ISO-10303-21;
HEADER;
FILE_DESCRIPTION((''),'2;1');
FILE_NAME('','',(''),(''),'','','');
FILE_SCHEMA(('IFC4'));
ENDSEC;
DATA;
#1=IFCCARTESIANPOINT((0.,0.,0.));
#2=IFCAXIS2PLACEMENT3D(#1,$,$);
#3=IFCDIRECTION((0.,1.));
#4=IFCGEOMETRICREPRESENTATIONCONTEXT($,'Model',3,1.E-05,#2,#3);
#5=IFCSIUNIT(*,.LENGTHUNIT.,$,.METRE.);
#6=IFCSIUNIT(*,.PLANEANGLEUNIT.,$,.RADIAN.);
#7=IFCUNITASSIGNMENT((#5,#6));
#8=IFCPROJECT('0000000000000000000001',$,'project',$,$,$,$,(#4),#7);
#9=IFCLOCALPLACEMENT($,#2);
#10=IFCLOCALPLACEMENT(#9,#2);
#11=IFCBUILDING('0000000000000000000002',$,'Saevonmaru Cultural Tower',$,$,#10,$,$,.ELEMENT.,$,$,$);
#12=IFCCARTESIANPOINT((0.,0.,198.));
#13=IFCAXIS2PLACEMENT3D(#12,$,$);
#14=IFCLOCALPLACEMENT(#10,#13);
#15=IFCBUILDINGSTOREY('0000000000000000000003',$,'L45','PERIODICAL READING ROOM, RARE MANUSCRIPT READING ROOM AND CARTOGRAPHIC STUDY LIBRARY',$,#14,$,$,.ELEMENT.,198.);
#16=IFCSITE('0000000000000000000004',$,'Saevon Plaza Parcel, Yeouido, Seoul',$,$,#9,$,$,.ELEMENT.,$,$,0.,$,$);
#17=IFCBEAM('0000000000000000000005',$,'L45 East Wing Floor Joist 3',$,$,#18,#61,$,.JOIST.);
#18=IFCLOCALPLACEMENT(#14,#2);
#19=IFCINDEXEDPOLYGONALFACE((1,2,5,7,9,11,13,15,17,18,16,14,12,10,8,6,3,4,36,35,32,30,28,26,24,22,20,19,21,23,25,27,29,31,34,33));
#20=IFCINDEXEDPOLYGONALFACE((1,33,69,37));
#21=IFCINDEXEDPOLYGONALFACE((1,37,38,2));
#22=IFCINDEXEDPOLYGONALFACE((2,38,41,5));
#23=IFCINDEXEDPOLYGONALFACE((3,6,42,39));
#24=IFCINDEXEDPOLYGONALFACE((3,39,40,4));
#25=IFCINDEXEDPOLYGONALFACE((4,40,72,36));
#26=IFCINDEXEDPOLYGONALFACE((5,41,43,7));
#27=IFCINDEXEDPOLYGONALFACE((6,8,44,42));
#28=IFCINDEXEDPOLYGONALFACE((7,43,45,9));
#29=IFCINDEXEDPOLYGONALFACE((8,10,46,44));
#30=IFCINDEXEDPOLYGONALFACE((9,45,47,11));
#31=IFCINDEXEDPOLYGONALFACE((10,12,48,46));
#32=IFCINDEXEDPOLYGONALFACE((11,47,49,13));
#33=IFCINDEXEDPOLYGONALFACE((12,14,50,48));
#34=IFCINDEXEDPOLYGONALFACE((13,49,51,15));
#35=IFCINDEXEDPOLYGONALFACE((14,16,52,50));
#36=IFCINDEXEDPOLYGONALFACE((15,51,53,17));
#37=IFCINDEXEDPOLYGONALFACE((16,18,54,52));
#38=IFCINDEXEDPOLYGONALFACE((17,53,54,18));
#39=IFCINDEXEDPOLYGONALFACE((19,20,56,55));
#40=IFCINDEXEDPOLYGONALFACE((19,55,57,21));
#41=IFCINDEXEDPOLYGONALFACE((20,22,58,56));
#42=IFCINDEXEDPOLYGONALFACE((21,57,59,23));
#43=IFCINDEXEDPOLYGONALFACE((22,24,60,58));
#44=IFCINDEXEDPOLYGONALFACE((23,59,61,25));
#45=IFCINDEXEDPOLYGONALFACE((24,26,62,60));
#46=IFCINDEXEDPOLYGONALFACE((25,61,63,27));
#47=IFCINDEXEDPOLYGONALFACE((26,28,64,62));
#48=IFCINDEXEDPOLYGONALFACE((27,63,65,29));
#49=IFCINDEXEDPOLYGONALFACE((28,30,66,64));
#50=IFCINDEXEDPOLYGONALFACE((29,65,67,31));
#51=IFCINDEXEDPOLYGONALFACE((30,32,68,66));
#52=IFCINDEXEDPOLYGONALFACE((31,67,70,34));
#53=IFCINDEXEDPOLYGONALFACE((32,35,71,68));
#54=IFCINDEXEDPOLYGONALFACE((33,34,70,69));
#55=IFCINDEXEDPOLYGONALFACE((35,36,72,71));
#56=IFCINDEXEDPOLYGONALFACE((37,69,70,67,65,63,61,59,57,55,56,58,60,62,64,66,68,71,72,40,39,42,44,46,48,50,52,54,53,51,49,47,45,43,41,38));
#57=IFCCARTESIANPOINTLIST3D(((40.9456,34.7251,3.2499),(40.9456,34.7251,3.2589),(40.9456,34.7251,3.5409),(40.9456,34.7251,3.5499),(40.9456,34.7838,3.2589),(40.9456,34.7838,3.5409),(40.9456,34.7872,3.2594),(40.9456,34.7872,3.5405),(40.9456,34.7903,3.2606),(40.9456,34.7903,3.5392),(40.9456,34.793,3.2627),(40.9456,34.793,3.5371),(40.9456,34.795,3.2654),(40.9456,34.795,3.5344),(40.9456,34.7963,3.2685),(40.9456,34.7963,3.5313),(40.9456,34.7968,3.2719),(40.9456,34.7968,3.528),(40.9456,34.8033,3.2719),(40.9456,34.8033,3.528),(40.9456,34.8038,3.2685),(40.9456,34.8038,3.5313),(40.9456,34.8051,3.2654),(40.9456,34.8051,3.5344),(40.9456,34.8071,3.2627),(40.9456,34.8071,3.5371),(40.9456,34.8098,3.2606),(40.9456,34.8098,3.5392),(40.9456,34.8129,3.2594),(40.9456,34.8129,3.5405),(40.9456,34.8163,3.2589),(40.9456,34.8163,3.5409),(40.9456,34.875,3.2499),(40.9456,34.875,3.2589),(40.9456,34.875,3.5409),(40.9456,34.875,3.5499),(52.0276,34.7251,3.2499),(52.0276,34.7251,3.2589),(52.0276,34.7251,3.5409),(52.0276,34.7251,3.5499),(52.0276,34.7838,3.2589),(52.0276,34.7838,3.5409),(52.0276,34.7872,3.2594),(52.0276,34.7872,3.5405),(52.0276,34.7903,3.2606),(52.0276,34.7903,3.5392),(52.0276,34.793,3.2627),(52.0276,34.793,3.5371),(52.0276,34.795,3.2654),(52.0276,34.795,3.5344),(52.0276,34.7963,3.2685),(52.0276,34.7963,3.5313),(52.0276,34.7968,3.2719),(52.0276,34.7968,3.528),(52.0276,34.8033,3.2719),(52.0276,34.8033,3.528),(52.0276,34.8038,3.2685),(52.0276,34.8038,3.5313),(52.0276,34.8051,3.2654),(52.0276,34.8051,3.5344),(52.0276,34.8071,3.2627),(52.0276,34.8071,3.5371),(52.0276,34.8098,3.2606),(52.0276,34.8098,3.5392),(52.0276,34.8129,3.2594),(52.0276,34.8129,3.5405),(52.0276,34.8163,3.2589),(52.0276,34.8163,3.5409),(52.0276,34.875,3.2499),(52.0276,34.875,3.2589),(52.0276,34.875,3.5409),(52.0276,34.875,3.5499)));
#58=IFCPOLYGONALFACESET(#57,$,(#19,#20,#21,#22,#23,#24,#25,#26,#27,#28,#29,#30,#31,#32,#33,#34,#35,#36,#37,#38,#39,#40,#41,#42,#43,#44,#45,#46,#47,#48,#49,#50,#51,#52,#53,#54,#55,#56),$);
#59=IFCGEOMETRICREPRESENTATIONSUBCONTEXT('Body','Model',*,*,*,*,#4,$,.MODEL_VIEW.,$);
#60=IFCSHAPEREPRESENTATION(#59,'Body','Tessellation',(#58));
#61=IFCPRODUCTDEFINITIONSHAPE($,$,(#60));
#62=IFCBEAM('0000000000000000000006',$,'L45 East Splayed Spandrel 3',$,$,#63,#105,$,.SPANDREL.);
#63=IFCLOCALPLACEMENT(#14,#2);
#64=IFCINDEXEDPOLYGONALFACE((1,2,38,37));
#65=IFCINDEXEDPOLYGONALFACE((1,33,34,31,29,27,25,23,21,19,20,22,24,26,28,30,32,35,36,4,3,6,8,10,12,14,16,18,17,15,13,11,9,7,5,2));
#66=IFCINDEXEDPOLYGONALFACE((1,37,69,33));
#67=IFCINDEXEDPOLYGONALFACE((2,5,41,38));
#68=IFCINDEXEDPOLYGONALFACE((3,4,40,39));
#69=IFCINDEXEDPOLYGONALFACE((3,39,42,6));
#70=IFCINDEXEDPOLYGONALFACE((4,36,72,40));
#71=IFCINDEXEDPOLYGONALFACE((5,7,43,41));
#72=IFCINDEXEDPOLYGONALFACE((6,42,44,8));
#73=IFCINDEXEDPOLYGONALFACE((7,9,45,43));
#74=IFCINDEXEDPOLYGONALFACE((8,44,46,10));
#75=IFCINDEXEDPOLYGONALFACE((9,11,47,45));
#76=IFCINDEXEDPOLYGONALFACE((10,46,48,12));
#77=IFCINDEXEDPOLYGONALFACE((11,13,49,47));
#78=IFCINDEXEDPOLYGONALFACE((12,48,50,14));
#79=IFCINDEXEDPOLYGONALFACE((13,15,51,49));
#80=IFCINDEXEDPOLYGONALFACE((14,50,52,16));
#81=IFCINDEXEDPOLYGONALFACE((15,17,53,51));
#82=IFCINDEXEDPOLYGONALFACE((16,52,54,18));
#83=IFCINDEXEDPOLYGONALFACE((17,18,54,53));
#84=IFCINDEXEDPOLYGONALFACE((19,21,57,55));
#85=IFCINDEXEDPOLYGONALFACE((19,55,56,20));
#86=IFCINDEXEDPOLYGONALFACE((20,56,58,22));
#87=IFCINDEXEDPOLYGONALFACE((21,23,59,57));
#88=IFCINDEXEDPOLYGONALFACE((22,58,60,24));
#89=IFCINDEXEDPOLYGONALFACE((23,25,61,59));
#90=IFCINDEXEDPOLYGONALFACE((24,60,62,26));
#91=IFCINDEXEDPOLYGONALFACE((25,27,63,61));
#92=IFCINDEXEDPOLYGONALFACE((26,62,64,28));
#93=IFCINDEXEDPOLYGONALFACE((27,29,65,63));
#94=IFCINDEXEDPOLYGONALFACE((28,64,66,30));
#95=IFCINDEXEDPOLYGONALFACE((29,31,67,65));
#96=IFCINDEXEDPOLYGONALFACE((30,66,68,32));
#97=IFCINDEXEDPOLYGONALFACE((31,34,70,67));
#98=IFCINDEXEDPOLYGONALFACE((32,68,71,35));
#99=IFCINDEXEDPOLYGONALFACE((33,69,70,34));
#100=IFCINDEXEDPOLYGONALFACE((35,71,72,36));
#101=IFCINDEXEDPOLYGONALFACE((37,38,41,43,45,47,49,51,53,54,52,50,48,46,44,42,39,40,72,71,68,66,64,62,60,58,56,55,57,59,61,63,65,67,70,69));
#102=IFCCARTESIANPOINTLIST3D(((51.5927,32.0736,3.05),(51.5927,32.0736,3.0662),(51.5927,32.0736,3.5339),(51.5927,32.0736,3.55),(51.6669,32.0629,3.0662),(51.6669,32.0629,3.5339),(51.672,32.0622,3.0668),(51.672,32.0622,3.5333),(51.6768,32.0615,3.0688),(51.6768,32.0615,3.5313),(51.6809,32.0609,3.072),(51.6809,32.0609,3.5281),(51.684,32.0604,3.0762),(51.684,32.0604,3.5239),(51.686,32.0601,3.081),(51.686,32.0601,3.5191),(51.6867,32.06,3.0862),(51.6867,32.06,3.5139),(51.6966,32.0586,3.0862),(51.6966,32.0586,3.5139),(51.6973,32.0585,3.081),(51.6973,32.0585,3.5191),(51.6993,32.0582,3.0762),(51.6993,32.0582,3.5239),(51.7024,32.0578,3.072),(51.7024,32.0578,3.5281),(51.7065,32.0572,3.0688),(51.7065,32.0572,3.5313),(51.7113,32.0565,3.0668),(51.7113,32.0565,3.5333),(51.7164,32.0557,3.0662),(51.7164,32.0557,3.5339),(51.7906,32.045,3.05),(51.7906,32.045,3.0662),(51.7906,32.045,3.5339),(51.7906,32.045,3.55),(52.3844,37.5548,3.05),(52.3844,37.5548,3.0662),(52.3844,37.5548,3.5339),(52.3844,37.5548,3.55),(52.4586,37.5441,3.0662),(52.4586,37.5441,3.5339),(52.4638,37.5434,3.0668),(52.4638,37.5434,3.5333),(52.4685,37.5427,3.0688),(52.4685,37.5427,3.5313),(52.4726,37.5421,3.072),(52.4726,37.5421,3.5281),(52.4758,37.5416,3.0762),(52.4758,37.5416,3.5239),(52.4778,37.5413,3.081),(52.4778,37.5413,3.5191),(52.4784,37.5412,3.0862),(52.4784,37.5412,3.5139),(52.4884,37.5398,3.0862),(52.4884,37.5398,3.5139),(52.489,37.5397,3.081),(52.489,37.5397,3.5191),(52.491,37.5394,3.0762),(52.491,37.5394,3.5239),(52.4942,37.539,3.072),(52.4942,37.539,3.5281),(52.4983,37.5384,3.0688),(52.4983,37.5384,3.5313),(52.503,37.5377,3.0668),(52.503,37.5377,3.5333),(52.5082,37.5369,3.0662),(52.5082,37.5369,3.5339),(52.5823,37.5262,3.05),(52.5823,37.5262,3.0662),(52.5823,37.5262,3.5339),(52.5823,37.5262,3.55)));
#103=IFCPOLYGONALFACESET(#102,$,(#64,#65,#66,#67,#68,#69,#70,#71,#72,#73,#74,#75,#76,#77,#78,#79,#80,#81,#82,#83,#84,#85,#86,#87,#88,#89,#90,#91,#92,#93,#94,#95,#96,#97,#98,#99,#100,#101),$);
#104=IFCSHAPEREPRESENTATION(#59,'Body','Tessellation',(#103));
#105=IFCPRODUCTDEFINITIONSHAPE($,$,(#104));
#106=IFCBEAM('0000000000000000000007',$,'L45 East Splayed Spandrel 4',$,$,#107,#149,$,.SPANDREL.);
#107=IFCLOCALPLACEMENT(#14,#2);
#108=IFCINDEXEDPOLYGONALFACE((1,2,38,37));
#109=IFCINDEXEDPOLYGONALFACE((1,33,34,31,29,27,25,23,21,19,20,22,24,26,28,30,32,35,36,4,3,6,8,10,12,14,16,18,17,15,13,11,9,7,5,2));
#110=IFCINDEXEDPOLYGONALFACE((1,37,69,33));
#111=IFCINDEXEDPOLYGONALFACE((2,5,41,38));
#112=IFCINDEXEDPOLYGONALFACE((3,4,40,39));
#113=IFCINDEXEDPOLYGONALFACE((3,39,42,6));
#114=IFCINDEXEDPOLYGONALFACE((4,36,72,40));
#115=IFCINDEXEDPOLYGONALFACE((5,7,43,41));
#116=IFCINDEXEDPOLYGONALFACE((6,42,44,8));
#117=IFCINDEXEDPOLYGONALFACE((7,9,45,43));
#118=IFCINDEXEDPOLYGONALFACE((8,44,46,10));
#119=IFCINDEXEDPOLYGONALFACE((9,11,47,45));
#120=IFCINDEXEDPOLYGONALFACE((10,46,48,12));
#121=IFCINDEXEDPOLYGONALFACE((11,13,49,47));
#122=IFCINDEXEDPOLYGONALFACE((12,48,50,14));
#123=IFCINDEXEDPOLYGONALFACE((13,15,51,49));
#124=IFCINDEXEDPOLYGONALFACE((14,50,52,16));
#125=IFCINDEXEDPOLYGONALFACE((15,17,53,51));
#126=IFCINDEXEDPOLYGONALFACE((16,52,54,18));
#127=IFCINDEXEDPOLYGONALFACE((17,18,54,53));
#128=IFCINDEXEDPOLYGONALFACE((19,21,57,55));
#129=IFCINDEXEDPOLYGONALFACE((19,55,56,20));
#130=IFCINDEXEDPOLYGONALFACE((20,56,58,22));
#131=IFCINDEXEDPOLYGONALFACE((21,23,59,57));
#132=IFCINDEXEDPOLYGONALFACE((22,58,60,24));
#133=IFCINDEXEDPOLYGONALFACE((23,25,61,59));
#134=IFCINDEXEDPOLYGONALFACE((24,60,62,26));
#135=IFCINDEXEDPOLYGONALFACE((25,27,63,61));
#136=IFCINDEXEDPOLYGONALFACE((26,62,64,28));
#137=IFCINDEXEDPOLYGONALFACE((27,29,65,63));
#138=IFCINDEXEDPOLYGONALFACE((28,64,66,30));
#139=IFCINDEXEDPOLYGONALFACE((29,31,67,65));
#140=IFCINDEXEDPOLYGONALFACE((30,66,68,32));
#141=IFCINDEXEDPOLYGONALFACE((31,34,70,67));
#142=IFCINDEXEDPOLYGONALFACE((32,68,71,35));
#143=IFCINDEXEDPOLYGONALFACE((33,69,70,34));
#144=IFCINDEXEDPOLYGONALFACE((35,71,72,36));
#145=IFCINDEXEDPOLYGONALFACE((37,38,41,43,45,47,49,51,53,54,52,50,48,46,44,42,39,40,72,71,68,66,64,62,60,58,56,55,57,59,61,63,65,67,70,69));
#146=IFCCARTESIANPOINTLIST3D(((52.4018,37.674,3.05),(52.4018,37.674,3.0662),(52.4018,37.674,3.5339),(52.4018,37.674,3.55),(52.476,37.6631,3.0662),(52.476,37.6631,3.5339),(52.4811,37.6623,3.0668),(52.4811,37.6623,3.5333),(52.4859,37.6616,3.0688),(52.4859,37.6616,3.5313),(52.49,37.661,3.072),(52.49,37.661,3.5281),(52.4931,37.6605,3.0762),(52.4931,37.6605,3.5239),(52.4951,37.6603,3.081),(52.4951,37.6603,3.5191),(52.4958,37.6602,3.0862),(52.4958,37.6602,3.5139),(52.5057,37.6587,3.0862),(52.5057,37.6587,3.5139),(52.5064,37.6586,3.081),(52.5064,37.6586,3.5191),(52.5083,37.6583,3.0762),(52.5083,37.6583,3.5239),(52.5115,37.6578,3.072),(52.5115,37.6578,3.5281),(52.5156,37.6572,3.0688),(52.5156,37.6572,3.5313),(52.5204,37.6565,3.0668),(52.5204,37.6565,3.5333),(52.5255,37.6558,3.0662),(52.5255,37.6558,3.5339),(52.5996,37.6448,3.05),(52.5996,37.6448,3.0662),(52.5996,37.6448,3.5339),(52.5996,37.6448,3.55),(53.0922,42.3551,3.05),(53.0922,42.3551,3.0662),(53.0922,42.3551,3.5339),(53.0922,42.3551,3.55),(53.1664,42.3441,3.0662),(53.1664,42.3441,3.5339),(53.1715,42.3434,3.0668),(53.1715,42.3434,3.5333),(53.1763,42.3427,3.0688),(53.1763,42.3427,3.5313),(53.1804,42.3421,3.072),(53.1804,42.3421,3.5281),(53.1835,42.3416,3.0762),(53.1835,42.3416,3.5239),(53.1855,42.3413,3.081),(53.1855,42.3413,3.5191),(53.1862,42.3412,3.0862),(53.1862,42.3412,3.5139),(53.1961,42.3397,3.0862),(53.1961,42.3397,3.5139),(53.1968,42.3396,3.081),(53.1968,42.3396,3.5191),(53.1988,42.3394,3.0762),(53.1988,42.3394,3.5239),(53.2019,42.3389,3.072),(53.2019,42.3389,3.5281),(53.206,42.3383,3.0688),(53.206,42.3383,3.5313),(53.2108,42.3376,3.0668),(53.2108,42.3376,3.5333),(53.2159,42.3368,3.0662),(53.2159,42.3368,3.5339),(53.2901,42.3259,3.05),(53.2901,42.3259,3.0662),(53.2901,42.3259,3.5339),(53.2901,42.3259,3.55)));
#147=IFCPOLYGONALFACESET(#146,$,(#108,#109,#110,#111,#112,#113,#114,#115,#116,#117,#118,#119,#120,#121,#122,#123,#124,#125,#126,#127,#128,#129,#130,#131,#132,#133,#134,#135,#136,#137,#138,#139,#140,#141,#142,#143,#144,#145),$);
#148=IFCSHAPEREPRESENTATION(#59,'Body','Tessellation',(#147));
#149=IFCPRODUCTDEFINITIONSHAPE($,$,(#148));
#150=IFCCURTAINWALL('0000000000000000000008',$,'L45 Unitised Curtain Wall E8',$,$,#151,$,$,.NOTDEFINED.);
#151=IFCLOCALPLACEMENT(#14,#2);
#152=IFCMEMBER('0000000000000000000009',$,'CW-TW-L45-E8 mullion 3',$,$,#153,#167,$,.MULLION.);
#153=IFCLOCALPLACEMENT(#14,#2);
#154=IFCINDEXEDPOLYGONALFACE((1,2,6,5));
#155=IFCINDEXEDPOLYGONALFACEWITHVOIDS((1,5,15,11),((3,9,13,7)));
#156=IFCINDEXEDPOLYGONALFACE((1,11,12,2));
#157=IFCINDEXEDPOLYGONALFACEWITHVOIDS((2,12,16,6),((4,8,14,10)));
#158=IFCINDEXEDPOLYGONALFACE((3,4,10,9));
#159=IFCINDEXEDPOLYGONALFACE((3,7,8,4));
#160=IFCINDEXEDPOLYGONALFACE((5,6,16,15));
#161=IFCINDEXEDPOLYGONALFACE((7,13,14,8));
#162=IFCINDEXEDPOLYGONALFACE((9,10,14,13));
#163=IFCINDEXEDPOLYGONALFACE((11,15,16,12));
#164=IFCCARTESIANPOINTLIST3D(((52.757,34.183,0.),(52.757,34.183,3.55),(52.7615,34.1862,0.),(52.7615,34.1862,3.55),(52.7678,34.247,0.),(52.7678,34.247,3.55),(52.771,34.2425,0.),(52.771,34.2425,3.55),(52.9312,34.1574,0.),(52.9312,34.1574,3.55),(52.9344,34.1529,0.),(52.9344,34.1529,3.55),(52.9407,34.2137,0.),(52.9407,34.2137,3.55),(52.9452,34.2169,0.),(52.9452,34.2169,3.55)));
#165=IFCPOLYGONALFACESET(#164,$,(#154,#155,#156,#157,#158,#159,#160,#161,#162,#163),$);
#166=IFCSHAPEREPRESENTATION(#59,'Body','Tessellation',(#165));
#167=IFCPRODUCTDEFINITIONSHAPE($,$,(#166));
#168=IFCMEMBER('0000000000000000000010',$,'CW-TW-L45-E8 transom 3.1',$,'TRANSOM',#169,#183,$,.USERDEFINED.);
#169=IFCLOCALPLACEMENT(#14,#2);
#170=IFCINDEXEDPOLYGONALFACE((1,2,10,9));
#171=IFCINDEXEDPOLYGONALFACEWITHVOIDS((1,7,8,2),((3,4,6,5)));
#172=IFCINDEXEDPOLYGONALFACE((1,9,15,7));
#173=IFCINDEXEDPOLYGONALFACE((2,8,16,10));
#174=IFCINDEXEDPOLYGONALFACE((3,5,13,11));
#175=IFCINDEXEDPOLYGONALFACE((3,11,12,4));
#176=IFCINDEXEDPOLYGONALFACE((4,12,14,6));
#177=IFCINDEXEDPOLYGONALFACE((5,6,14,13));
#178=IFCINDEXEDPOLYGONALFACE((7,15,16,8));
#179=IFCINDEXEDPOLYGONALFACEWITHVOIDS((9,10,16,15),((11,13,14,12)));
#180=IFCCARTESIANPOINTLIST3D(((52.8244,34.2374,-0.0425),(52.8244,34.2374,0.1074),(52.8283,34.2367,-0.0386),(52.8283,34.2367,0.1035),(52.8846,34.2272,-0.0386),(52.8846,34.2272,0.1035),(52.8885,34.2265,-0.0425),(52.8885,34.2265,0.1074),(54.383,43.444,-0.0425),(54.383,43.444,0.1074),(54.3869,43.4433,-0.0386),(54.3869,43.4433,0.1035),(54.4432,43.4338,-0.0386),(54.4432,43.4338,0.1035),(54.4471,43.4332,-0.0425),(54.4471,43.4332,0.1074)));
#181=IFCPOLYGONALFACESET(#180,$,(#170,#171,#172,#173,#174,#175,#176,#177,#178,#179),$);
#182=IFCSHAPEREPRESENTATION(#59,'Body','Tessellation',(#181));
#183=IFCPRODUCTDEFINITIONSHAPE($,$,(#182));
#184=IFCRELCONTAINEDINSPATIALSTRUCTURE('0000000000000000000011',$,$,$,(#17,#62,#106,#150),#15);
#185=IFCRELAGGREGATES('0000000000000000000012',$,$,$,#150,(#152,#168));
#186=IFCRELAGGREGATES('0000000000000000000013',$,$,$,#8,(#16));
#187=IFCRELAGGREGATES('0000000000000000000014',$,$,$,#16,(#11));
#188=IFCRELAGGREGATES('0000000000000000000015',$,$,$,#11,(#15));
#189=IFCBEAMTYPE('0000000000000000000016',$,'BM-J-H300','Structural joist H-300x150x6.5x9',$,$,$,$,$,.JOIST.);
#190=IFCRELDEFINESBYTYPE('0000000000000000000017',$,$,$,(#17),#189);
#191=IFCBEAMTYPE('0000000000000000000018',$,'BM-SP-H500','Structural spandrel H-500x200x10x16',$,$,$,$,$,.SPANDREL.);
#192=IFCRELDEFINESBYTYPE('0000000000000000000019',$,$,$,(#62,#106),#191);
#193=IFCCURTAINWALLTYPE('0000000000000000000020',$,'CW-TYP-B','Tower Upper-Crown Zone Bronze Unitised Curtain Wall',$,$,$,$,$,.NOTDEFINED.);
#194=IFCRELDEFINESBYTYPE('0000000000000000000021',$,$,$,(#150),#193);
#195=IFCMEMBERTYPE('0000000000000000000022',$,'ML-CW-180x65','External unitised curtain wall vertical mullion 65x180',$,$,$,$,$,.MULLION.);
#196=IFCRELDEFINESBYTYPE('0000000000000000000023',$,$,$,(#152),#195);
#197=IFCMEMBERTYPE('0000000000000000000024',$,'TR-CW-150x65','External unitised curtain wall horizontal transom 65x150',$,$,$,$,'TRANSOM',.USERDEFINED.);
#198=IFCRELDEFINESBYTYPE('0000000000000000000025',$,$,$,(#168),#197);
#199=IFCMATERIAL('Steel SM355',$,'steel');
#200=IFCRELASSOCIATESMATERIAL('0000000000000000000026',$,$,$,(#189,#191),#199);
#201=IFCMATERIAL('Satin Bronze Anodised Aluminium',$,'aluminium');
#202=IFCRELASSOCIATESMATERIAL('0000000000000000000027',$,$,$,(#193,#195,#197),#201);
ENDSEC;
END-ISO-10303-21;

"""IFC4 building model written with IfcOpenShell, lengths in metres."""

from ifc_helpers import new_model, si_unit, direction, frame, origin, origin_2d, place, context, subcontext, project, spatial, hollow_rectangle, i_section, extrude, material, material_profile, profile_set, type_object, element, aggregate, save


model = new_model("IFC4")

# Units and contexts
model_context = context("Model", 3, precision=1e-05, world=origin(), true_north=direction((0.0, 1.0)))
body_context = subcontext(model_context, "Body", "Model", "MODEL_VIEW")
ifc_project = project(units=[si_unit("LENGTHUNIT", "METRE"), si_unit("PLANEANGLEUNIT", "RADIAN")], contexts=[model_context])

# Site, building, storey
site_placement = place(None, origin())
site = spatial("IfcSite", under=ifc_project, at=site_placement, Name="Saevon Plaza Parcel, Yeouido, Seoul", CompositionType="ELEMENT", RefElevation=0.0)
building_placement = place(site_placement, origin())
building = spatial("IfcBuilding", under=site, at=building_placement, Name="Saevonmaru Cultural Tower", CompositionType="ELEMENT")
storey_placement = place(building_placement, frame((0.0, 0.0, 198.0)))
storey = spatial("IfcBuildingStorey", under=building, at=storey_placement, Name="L45", Description="PERIODICAL READING ROOM, RARE MANUSCRIPT READING ROOM AND CARTOGRAPHIC STUDY LIBRARY", CompositionType="ELEMENT", Elevation=198.0)

# Shared definitions
ifc_material_1 = material(Name="Steel SM355", Category="steel")

# Beams
ifc_material_profile_1 = material_profile(ifc_material_1, i_section(OverallWidth=0.1499, OverallDepth=0.3, WebThickness=0.0066, FlangeThickness=0.009, FilletRadius=0.0129, at=origin_2d()), Name="H-300x150x6.5x9")
ifc_profile_set_1 = profile_set([ifc_material_profile_1], Name="Steel SM355")
beam_type_1 = type_object("IfcBeamType", Name="BM-J-H300", Description="Structural joist H-300x150x6.5x9", PredefinedType="JOIST", material=ifc_profile_set_1)
beam_1_placement = place(storey_placement, frame((40.9456, 34.8, 3.3999), z_axis=(1.0, 0.0, 0.0), x_axis=(0.0, 1.0, 0.0)))
element("IfcBeam", 1, at=beam_1_placement, inside=storey, type_object=beam_type_1, Name="L45 East Wing Floor Joist 3", PredefinedType="JOIST", context=body_context, shape_type="SweptSolid", body=[
    extrude(i_section(OverallWidth=0.1499, OverallDepth=0.3, WebThickness=0.0066, FlangeThickness=0.009, FilletRadius=0.0129, at=origin_2d()), origin(), (0.0, 0.0, 1.0), 11.082),
])
ifc_material_profile_2 = material_profile(ifc_material_1, i_section(OverallWidth=0.2, OverallDepth=0.5, WebThickness=0.01, FlangeThickness=0.0161, FilletRadius=0.02, at=origin_2d()), Name="H-500x200x10x16")
ifc_profile_set_2 = profile_set([ifc_material_profile_2], Name="Steel SM355")
beam_type_2 = type_object("IfcBeamType", Name="BM-SP-H500", Description="Structural spandrel H-500x200x10x16", PredefinedType="SPANDREL", material=ifc_profile_set_2)
beam_2_placement = place(storey_placement, frame((51.6917, 32.0593, 3.3), z_axis=(0.142964, 0.989728, 0.0), x_axis=(-0.989728, 0.142964, 0.0)))
element("IfcBeam", 2, at=beam_2_placement, inside=storey, type_object=beam_type_2, Name="L45 East Splayed Spandrel 3", PredefinedType="SPANDREL", context=body_context, shape_type="SweptSolid", body=[
    extrude(i_section(OverallWidth=0.2, OverallDepth=0.5, WebThickness=0.01, FlangeThickness=0.0161, FilletRadius=0.02, at=origin_2d()), origin(), (0.0, 0.0, 1.0), 5.5381),
])
beam_3_placement = place(storey_placement, frame((52.5007, 37.6594, 3.3), z_axis=(0.145913, 0.989297, 0.0), x_axis=(-0.989297, 0.145913, 0.0)))
element("IfcBeam", 3, at=beam_3_placement, inside=storey, type_object=beam_type_2, Name="L45 East Splayed Spandrel 4", PredefinedType="SPANDREL", context=body_context, shape_type="SweptSolid", body=[
    extrude(i_section(OverallWidth=0.2, OverallDepth=0.5, WebThickness=0.01, FlangeThickness=0.0161, FilletRadius=0.02, at=origin_2d()), origin(), (0.0, 0.0, 1.0), 4.7317),
])

# Curtain wall, members
ifc_material_2 = material(Name="Satin Bronze Anodised Aluminium", Category="aluminium")
curtain_wall_type = type_object("IfcCurtainWallType", Name="CW-TYP-B", Description="Tower Upper-Crown Zone Bronze Unitised Curtain Wall", PredefinedType="NOTDEFINED", material=ifc_material_2)
curtain_wall_placement = place(storey_placement, origin())
curtain_wall = element("IfcCurtainWall", 4, at=curtain_wall_placement, inside=storey, type_object=curtain_wall_type, Name="L45 Unitised Curtain Wall E8", PredefinedType="NOTDEFINED")
ifc_material_profile_3 = material_profile(ifc_material_2, hollow_rectangle(XDim=0.0649, YDim=0.1799, WallThickness=0.0039, at=origin_2d()), Name="ALU-MULL-180x65x4")
ifc_profile_set_3 = profile_set([ifc_material_profile_3], Name="Satin Bronze Anodised Aluminium")
member_type_1 = type_object("IfcMemberType", Name="ML-CW-180x65", Description="External unitised curtain wall vertical mullion 65x180", PredefinedType="MULLION", material=ifc_profile_set_3)
member_1_placement = place(storey_placement, frame((52.8511, 34.2, 0.0), z_axis=(0.0, 0.0, 1.0), x_axis=(0.166922, 0.98597, 0.0)))
member_1 = element("IfcMember", 5, at=member_1_placement, type_object=member_type_1, Name="CW-TW-L45-E8 mullion 3", PredefinedType="MULLION", context=body_context, shape_type="SweptSolid", body=[
    extrude(hollow_rectangle(XDim=0.0649, YDim=0.1799, WallThickness=0.0039, at=origin_2d()), origin(), (0.0, 0.0, 1.0), 3.55),
])
ifc_material_profile_4 = material_profile(ifc_material_2, hollow_rectangle(XDim=0.0649, YDim=0.1499, WallThickness=0.0039, at=origin_2d()), Name="ALU-TRAN-150x65x4")
ifc_profile_set_4 = profile_set([ifc_material_profile_4], Name="Satin Bronze Anodised Aluminium")
member_type_2 = type_object("IfcMemberType", Name="TR-CW-150x65", Description="External unitised curtain wall horizontal transom 65x150", ElementType="TRANSOM", PredefinedType="USERDEFINED", material=ifc_profile_set_4)
member_2_placement = place(storey_placement, frame((52.8564, 34.2319, 0.0325), z_axis=(0.166917, 0.985971, 0.0), x_axis=(-0.985971, 0.166917, 0.0)))
member_2 = element("IfcMember", 6, at=member_2_placement, type_object=member_type_2, Name="CW-TW-L45-E8 transom 3.1", ObjectType="TRANSOM", PredefinedType="USERDEFINED", context=body_context, shape_type="SweptSolid", body=[
    extrude(hollow_rectangle(XDim=0.0649, YDim=0.1499, WallThickness=0.0039, at=origin_2d()), origin(), (0.0, 0.0, 1.0), 9.3376),
])
aggregate(curtain_wall, [member_1, member_2])

save(model, "model.ifc")
